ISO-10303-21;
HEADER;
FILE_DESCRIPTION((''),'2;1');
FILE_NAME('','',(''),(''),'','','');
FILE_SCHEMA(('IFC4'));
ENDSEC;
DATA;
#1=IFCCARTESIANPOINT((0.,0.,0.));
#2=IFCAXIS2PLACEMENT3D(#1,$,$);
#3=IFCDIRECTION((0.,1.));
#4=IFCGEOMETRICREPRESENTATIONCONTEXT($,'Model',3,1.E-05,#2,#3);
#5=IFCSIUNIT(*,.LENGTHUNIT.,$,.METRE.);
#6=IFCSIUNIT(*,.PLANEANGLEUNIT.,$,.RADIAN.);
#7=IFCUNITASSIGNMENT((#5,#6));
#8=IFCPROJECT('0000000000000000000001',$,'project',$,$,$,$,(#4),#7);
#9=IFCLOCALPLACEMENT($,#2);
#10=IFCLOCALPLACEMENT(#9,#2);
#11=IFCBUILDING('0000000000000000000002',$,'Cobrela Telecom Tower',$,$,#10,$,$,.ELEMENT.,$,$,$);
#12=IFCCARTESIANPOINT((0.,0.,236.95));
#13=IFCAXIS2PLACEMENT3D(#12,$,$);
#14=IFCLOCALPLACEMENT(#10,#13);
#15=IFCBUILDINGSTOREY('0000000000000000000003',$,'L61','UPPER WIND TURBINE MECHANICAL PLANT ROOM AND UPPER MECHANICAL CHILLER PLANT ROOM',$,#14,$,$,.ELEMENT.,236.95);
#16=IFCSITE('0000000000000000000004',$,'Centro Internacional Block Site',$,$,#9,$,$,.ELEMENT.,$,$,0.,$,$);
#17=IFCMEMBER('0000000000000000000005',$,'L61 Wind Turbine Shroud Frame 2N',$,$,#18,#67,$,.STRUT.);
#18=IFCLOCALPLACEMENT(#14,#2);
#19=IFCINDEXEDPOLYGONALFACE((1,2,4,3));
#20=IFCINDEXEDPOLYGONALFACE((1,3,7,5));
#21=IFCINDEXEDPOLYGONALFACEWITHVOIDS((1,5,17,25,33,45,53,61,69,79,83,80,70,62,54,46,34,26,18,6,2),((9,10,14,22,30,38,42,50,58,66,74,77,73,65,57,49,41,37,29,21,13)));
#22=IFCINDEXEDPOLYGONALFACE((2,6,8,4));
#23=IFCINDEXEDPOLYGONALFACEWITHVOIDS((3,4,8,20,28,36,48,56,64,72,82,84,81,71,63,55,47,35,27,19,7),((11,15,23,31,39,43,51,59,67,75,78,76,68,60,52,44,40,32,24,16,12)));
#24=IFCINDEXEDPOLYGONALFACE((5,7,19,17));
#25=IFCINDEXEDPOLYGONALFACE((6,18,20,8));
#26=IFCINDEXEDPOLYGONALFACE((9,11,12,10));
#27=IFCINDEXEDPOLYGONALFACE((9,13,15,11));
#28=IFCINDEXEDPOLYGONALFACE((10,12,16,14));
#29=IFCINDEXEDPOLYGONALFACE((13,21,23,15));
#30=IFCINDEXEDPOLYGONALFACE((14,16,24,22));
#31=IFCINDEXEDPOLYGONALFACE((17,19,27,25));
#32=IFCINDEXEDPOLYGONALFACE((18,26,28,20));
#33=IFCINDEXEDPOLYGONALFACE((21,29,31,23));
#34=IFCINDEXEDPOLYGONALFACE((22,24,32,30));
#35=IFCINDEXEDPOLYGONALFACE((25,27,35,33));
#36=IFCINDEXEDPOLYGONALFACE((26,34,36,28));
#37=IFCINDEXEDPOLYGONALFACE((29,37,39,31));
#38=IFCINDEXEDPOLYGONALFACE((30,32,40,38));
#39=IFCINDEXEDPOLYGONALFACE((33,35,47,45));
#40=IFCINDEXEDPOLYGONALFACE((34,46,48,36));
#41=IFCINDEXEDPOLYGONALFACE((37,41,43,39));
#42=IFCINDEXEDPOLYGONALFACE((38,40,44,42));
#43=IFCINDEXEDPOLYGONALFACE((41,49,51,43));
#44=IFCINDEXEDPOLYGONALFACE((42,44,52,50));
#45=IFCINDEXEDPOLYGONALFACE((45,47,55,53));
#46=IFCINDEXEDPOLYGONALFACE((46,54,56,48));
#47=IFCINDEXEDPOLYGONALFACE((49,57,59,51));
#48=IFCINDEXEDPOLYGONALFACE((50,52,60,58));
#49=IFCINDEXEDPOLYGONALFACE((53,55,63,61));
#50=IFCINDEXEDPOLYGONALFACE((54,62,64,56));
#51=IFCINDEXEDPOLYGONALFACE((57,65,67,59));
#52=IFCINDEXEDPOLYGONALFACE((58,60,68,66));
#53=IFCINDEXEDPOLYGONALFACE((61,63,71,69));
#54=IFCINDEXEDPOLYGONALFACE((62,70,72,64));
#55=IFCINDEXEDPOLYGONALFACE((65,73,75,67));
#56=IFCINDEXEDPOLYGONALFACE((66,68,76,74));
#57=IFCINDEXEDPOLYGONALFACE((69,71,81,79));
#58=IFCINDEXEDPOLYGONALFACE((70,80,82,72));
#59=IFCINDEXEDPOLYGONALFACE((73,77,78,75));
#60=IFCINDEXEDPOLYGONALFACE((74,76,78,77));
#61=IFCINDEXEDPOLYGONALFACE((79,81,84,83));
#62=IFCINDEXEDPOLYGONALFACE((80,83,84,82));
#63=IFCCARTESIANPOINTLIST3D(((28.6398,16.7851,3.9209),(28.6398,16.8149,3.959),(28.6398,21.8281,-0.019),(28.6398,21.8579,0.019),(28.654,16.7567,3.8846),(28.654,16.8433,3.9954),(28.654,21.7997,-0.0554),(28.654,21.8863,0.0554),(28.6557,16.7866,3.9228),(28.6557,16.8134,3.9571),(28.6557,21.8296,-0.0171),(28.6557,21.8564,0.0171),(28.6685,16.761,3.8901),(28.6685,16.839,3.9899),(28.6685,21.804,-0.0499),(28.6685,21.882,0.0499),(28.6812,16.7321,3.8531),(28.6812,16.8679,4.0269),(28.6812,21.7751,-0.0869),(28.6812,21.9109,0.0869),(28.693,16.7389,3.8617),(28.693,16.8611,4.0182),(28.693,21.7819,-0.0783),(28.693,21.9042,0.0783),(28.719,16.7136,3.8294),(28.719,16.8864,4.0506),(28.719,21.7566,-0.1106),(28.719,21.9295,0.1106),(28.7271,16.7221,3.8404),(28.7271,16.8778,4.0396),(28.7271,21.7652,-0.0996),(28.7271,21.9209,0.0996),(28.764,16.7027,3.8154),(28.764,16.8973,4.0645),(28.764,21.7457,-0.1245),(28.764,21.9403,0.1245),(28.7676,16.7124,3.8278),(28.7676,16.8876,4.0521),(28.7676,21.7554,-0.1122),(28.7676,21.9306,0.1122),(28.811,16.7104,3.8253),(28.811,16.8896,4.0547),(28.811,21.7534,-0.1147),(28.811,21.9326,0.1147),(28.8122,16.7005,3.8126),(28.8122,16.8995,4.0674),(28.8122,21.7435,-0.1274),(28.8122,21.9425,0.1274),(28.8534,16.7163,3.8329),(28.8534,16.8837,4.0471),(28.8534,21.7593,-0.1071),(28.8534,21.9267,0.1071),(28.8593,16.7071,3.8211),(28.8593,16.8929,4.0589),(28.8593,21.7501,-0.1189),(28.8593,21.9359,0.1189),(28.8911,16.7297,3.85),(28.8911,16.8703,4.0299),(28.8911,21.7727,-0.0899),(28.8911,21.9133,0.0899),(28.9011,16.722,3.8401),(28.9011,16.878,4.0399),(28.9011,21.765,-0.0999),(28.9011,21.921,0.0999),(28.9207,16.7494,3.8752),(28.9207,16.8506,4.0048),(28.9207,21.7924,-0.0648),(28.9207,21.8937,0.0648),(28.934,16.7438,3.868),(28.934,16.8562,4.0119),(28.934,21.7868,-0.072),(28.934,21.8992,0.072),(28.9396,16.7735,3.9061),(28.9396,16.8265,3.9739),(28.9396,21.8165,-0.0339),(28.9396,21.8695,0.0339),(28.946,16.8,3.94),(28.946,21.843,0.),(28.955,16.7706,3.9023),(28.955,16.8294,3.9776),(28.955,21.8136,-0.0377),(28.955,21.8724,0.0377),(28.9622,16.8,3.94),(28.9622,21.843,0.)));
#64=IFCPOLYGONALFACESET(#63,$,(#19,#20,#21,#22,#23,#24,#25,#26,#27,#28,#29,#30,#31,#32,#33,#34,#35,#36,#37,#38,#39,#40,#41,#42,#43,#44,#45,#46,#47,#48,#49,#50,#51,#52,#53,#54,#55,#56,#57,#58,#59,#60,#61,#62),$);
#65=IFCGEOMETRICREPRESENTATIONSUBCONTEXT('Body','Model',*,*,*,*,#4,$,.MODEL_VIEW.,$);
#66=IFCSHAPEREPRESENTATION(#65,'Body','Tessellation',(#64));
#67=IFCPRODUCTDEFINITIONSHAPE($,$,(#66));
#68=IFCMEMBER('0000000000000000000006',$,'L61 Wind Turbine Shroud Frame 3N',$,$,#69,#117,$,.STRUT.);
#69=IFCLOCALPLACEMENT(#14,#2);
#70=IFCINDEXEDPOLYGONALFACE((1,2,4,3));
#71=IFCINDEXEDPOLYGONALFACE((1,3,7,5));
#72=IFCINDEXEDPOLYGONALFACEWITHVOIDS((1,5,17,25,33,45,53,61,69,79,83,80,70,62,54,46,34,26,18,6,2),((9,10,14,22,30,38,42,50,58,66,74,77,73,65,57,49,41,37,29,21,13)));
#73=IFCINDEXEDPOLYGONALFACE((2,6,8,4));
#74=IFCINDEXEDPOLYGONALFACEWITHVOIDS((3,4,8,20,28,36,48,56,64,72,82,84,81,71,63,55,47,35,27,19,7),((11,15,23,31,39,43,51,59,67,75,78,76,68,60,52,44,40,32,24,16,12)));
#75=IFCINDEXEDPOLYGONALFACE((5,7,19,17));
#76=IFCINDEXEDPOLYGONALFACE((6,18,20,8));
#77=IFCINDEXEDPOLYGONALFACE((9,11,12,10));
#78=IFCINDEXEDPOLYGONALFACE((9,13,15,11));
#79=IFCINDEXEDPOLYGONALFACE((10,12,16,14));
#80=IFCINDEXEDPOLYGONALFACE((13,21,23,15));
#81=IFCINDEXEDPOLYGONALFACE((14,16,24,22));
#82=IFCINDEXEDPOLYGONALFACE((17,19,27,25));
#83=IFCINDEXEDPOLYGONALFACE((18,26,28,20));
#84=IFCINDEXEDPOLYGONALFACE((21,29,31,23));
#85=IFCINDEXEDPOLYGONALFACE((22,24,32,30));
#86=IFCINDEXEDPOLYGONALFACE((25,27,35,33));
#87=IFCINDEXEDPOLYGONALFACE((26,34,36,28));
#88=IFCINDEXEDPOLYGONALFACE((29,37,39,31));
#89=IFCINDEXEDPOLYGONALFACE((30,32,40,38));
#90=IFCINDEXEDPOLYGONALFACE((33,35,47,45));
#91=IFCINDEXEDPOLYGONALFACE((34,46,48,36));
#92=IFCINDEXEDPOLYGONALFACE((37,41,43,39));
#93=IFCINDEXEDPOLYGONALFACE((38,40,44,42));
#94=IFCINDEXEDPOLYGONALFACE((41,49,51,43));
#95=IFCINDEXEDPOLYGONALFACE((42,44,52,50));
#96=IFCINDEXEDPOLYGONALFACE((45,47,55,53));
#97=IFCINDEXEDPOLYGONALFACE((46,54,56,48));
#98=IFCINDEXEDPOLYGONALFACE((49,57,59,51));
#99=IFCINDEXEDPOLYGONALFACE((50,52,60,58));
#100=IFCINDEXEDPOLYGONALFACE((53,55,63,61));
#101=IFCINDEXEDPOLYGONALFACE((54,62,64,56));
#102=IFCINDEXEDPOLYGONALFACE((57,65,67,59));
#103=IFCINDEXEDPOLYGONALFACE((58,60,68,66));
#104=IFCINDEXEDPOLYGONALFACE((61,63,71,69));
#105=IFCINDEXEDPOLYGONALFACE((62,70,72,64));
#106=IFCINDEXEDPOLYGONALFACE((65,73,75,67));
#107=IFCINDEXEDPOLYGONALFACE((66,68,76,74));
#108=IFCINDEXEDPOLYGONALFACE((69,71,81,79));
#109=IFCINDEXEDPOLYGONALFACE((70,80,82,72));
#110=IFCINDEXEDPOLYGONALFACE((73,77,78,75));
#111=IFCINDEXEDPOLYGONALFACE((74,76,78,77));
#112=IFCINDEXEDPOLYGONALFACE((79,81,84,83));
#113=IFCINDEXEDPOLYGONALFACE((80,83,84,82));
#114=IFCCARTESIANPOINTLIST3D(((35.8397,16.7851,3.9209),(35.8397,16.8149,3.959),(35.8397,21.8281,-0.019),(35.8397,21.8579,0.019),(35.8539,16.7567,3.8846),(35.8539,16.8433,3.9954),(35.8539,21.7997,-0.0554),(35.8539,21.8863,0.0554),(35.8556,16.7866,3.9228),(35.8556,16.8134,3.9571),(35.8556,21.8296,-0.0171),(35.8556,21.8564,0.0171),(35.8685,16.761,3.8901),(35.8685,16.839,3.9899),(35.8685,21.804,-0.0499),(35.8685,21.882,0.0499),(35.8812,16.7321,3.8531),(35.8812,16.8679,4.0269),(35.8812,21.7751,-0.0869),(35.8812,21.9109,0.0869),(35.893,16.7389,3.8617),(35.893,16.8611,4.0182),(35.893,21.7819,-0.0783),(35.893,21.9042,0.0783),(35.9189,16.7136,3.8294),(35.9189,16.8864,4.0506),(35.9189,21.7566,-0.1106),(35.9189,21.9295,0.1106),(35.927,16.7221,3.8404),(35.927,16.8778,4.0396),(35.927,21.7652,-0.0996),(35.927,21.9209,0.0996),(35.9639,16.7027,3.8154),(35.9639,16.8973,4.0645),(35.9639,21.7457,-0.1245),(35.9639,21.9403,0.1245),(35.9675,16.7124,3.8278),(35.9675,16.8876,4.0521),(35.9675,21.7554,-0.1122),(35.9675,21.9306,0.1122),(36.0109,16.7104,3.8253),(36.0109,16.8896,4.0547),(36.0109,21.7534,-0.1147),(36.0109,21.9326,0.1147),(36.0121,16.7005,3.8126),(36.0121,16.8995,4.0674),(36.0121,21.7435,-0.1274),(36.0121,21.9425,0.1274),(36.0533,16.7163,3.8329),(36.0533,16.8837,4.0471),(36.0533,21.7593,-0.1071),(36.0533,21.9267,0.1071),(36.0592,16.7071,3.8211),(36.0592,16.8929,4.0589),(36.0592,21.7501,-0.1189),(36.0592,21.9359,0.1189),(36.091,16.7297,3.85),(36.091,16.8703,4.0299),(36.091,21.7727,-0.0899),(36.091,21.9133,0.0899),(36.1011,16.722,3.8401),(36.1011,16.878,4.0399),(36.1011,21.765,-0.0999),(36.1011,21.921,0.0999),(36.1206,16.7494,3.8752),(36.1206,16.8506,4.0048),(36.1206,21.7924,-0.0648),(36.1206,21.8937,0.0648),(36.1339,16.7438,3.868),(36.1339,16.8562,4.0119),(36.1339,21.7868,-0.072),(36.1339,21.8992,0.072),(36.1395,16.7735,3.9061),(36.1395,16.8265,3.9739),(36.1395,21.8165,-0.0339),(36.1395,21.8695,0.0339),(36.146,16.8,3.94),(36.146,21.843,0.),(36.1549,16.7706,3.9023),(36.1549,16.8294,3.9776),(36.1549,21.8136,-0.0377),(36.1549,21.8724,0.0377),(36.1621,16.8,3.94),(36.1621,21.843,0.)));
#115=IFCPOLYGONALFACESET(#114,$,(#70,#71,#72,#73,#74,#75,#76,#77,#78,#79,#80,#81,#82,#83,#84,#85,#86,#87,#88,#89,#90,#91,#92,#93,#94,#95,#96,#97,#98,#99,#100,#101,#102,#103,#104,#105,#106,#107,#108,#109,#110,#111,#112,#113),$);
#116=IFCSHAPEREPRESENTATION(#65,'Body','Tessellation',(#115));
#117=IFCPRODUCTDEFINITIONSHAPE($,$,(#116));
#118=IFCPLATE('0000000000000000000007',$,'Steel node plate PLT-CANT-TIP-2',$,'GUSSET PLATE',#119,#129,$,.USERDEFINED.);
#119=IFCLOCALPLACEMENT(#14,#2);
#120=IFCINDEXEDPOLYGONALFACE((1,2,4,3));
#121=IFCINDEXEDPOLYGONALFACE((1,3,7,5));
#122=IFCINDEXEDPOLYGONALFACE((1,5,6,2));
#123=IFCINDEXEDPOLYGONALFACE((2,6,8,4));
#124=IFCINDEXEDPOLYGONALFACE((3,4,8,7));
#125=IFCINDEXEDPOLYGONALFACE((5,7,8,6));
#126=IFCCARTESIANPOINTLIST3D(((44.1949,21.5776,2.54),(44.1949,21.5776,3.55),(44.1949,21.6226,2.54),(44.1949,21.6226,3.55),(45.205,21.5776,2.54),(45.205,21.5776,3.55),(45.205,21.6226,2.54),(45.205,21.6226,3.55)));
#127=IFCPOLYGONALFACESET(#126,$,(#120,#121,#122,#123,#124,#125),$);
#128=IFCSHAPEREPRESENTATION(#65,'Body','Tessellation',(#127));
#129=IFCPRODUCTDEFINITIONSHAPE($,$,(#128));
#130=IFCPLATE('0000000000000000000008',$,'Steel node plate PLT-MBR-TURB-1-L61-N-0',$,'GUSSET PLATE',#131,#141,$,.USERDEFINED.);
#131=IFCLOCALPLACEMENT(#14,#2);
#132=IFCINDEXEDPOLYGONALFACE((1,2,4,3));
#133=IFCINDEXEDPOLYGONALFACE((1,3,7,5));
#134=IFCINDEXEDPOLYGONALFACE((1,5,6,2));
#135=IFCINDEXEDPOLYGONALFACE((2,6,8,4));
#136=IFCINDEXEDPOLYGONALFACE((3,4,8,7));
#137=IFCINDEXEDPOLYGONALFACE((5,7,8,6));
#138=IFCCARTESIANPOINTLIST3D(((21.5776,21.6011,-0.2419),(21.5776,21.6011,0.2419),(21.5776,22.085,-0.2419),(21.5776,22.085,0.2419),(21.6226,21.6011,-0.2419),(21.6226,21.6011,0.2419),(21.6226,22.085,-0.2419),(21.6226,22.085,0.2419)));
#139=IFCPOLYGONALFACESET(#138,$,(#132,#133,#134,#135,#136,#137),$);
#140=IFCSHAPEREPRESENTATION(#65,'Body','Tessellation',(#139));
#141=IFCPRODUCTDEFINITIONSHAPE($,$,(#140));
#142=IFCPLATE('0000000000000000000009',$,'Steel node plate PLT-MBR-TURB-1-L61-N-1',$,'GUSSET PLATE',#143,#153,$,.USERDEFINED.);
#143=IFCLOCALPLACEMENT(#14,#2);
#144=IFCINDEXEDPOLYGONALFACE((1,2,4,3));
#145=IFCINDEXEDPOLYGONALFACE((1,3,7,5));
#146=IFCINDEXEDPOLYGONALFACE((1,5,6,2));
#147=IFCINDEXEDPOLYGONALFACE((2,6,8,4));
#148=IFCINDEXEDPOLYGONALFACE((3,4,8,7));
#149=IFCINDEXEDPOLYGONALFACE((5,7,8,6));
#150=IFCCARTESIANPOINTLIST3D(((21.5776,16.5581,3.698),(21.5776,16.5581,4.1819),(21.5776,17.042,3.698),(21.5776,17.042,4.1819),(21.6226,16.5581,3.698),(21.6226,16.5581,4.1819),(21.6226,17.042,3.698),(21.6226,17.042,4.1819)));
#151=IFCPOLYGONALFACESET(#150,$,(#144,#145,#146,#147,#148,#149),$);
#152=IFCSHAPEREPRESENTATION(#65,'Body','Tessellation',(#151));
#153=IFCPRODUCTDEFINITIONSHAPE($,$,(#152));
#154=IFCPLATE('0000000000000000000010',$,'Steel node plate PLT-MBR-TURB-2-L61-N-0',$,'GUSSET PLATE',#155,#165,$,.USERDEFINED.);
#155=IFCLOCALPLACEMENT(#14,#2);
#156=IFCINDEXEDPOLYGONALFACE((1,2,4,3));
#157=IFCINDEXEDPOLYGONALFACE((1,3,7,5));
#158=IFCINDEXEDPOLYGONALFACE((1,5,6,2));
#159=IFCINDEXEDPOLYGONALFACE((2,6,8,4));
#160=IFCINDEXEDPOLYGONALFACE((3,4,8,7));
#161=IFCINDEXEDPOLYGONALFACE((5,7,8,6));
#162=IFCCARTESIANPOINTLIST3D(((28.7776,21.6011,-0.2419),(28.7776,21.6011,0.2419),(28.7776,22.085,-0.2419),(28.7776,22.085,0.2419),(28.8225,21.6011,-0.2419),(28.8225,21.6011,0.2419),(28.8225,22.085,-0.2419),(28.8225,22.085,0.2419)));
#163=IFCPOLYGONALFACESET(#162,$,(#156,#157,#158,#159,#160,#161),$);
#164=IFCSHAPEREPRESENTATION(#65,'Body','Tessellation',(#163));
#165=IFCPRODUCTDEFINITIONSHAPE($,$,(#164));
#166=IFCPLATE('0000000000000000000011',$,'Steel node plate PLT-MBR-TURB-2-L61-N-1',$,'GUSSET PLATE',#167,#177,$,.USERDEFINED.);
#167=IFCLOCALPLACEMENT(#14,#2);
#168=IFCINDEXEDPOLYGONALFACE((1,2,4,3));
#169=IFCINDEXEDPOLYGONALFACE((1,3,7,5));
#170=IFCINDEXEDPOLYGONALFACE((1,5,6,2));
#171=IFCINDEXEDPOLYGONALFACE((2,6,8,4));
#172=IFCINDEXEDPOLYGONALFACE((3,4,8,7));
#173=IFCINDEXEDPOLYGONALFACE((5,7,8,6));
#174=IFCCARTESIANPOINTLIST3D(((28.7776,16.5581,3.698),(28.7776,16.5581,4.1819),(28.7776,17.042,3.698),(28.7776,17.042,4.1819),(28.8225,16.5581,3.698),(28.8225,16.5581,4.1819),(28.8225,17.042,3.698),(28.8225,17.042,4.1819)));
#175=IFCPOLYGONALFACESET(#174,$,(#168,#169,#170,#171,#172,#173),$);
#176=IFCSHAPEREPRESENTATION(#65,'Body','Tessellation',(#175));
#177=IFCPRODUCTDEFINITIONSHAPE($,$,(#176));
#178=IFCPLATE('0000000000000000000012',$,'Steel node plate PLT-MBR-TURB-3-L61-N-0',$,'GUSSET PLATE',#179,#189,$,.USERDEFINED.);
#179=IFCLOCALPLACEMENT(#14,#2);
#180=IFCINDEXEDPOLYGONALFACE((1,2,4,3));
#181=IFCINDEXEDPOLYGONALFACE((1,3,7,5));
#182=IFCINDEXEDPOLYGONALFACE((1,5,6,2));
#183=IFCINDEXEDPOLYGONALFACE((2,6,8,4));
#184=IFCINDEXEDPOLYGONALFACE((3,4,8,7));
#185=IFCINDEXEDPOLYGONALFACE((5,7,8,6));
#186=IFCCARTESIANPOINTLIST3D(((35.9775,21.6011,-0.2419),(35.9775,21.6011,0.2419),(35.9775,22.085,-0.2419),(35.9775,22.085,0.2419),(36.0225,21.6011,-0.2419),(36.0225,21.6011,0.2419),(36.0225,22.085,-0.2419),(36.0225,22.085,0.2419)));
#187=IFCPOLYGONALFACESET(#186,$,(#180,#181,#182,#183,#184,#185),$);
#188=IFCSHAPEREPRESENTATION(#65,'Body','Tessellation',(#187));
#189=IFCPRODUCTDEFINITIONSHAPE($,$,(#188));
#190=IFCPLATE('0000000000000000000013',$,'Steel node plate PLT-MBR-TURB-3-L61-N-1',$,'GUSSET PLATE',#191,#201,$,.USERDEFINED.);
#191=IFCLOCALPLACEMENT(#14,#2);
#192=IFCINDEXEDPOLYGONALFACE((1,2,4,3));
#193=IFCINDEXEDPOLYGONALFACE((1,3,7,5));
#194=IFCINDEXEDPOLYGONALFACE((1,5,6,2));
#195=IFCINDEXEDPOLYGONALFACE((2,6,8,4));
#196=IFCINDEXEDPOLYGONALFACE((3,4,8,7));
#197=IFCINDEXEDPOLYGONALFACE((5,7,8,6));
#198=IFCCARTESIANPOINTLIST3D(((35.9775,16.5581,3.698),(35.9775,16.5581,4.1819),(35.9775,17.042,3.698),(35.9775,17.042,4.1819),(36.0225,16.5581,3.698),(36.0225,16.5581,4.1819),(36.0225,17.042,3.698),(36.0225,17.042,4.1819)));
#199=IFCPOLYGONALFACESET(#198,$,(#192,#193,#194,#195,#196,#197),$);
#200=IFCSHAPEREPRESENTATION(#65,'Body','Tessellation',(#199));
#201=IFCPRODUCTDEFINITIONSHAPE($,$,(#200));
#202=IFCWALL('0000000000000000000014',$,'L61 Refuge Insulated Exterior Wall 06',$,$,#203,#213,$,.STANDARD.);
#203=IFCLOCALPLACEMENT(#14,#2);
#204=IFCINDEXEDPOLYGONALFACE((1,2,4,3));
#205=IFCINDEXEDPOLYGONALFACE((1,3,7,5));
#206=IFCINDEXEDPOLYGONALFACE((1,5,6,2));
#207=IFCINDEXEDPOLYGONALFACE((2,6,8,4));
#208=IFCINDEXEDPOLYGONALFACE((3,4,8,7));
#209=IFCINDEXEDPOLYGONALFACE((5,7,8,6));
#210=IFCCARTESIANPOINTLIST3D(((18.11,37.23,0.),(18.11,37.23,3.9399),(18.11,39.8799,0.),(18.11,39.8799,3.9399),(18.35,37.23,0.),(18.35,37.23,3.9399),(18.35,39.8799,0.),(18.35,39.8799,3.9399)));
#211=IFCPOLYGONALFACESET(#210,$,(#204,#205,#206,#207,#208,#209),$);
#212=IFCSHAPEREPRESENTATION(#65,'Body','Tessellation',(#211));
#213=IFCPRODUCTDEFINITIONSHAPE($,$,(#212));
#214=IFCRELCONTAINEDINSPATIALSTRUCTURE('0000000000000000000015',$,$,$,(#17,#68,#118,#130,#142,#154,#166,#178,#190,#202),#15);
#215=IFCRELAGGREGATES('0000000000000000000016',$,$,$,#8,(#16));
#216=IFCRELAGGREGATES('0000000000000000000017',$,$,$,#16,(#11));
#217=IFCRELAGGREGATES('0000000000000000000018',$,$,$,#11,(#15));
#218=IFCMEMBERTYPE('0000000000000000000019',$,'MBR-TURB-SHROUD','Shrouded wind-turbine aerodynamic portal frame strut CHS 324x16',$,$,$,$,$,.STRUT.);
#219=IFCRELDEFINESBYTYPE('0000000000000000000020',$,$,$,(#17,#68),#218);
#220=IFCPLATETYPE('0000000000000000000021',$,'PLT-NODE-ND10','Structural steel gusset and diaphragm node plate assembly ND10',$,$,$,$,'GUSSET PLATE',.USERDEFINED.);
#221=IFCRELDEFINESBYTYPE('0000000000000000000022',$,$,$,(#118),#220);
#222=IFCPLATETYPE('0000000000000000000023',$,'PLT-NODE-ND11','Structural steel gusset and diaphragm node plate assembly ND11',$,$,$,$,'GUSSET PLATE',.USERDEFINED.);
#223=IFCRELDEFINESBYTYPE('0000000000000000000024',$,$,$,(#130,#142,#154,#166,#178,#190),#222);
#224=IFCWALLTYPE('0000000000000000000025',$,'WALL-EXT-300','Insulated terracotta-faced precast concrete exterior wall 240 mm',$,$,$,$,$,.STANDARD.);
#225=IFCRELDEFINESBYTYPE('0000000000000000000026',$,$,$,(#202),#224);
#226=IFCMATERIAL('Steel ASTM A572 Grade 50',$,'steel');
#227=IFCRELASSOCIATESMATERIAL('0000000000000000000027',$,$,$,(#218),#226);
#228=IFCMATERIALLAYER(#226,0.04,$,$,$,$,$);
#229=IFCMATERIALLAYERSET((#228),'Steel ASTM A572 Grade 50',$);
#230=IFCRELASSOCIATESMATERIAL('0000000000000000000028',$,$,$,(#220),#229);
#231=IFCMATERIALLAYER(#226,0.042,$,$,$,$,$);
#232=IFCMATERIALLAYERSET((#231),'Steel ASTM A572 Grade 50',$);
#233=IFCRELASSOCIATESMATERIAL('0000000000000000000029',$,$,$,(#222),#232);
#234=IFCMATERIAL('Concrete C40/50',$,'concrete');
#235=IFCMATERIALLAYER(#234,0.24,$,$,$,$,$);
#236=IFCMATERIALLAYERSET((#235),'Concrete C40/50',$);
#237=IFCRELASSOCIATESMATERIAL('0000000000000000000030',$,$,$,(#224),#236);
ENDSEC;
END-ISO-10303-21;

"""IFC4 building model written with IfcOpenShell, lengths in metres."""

from ifc_helpers import new_model, si_unit, direction, frame, frame_2d, origin, origin_2d, place, context, subcontext, project, spatial, rectangle, hollow_circle, extrude, material, layer, layer_set, material_profile, profile_set, type_object, element, save


model = new_model("IFC4")

# Units and contexts
model_context = context("Model", 3, precision=1e-05, world=origin(), true_north=direction((0.0, 1.0)))
body_context = subcontext(model_context, "Body", "Model", "MODEL_VIEW")
ifc_project = project(units=[si_unit("LENGTHUNIT", "METRE"), si_unit("PLANEANGLEUNIT", "RADIAN")], contexts=[model_context])

# Site, building, storey
site_placement = place(None, origin())
site = spatial("IfcSite", under=ifc_project, at=site_placement, Name="Centro Internacional Block Site", CompositionType="ELEMENT", RefElevation=0.0)
building_placement = place(site_placement, origin())
building = spatial("IfcBuilding", under=site, at=building_placement, Name="Cobrela Telecom Tower", CompositionType="ELEMENT")
storey_placement = place(building_placement, frame((0.0, 0.0, 236.95)))
storey = spatial("IfcBuildingStorey", under=building, at=storey_placement, Name="L61", Description="UPPER WIND TURBINE MECHANICAL PLANT ROOM AND UPPER MECHANICAL CHILLER PLANT ROOM", CompositionType="ELEMENT", Elevation=236.95)

# Shared definitions
ifc_material_1 = material(Name="Steel ASTM A572 Grade 50", Category="steel")

# Members
ifc_material_profile_1 = material_profile(ifc_material_1, hollow_circle(Radius=0.1621, WallThickness=0.0161, at=origin_2d()), Name="CHS 324x16")
ifc_profile_set_1 = profile_set([ifc_material_profile_1], Name="Steel ASTM A572 Grade 50")
member_type = type_object("IfcMemberType", Name="MBR-TURB-SHROUD", Description="Shrouded wind-turbine aerodynamic portal frame strut CHS 324x16", PredefinedType="STRUT", material=ifc_profile_set_1)
for number, where, z_axis, x_axis, name in (
    (1, (28.8, 21.843, 0.0), (0.0, -0.788015, 0.615656), (1.0, 0.0, 0.0), "L61 Wind Turbine Shroud Frame 2N"),
    (2, (36.0, 21.843, 0.0), (0.0, -0.788015, 0.615656), (1.0, 0.0, 0.0), "L61 Wind Turbine Shroud Frame 3N"),
):
    element("IfcMember", number, at=place(storey_placement, frame(where, z_axis=z_axis, x_axis=x_axis)), inside=storey, type_object=member_type, Name=name, PredefinedType="STRUT", context=body_context, shape_type="SweptSolid", body=[
        extrude(hollow_circle(Radius=0.1621, WallThickness=0.0161, at=origin_2d()), origin(), (0.0, 0.0, 1.0), 6.3997),
    ])

# Plates
ifc_layer_1 = layer(ifc_material_1, 0.04)
ifc_layer_set_1 = layer_set([ifc_layer_1], Name="Steel ASTM A572 Grade 50")
plate_type_1 = type_object("IfcPlateType", Name="PLT-NODE-ND10", Description="Structural steel gusset and diaphragm node plate assembly ND10", ElementType="GUSSET PLATE", PredefinedType="USERDEFINED", material=ifc_layer_set_1)
plate_placement = place(storey_placement, frame((44.7, 21.6001, 2.54), z_axis=(0.0, 0.0, 1.0), x_axis=(1.0, 0.0, 0.0)))
element("IfcPlate", 3, at=plate_placement, inside=storey, type_object=plate_type_1, Name="Steel node plate PLT-CANT-TIP-2", ObjectType="GUSSET PLATE", PredefinedType="USERDEFINED", context=body_context, shape_type="SweptSolid", body=[
    extrude(rectangle(XDim=1.01, YDim=0.0449, at=origin_2d()), origin(), (0.0, 0.0, 1.0), 1.01),
])
ifc_layer_2 = layer(ifc_material_1, 0.042)
ifc_layer_set_2 = layer_set([ifc_layer_2], Name="Steel ASTM A572 Grade 50")
plate_type_2 = type_object("IfcPlateType", Name="PLT-NODE-ND11", Description="Structural steel gusset and diaphragm node plate assembly ND11", ElementType="GUSSET PLATE", PredefinedType="USERDEFINED", material=ifc_layer_set_2)
for number, where, z_axis, x_axis, name in (
    (4, (21.6001, 21.843, -0.2419), (0.0, 0.0, 1.0), (0.0, -1.0, 0.0), "Steel node plate PLT-MBR-TURB-1-L61-N-0"),
    (5, (21.6001, 16.8, 3.698), (0.0, 0.0, 1.0), (0.0, -1.0, 0.0), "Steel node plate PLT-MBR-TURB-1-L61-N-1"),
    (6, (28.8, 21.843, -0.2419), (0.0, 0.0, 1.0), (0.0, -1.0, 0.0), "Steel node plate PLT-MBR-TURB-2-L61-N-0"),
    (7, (28.8, 16.8, 3.698), (0.0, 0.0, 1.0), (0.0, -1.0, 0.0), "Steel node plate PLT-MBR-TURB-2-L61-N-1"),
    (8, (36.0, 21.843, -0.2419), (0.0, 0.0, 1.0), (0.0, -1.0, 0.0), "Steel node plate PLT-MBR-TURB-3-L61-N-0"),
    (9, (36.0, 16.8, 3.698), (0.0, 0.0, 1.0), (0.0, -1.0, 0.0), "Steel node plate PLT-MBR-TURB-3-L61-N-1"),
):
    element("IfcPlate", number, at=place(storey_placement, frame(where, z_axis=z_axis, x_axis=x_axis)), inside=storey, type_object=plate_type_2, Name=name, ObjectType="GUSSET PLATE", PredefinedType="USERDEFINED", context=body_context, shape_type="SweptSolid", body=[
        extrude(rectangle(XDim=0.4839, YDim=0.0449, at=origin_2d()), origin(), (0.0, 0.0, 1.0), 0.4839),
    ])

# Wall
ifc_material_2 = material(Name="Concrete C40/50", Category="concrete")
ifc_layer_3 = layer(ifc_material_2, 0.24)
ifc_layer_set_3 = layer_set([ifc_layer_3], Name="Concrete C40/50")
wall_type_1 = type_object("IfcWallType", Name="WALL-EXT-300", Description="Insulated terracotta-faced precast concrete exterior wall 240 mm", PredefinedType="STANDARD", material=ifc_layer_set_3)
wall_1_placement = place(storey_placement, frame((18.23, 39.8799, 0.0), z_axis=(0.0, 0.0, 1.0), x_axis=(0.0, -1.0, 0.0)))
element("IfcWall", 10, at=wall_1_placement, inside=storey, type_object=wall_type_1, Name="L61 Refuge Insulated Exterior Wall 06", PredefinedType="STANDARD", context=body_context, shape_type="SweptSolid", body=[
    extrude(rectangle(XDim=2.6499, YDim=0.24, at=frame_2d((1.325, 0.0))), origin(), (0.0, 0.0, 1.0), 3.9399),
])

save(model, "model.ifc")
